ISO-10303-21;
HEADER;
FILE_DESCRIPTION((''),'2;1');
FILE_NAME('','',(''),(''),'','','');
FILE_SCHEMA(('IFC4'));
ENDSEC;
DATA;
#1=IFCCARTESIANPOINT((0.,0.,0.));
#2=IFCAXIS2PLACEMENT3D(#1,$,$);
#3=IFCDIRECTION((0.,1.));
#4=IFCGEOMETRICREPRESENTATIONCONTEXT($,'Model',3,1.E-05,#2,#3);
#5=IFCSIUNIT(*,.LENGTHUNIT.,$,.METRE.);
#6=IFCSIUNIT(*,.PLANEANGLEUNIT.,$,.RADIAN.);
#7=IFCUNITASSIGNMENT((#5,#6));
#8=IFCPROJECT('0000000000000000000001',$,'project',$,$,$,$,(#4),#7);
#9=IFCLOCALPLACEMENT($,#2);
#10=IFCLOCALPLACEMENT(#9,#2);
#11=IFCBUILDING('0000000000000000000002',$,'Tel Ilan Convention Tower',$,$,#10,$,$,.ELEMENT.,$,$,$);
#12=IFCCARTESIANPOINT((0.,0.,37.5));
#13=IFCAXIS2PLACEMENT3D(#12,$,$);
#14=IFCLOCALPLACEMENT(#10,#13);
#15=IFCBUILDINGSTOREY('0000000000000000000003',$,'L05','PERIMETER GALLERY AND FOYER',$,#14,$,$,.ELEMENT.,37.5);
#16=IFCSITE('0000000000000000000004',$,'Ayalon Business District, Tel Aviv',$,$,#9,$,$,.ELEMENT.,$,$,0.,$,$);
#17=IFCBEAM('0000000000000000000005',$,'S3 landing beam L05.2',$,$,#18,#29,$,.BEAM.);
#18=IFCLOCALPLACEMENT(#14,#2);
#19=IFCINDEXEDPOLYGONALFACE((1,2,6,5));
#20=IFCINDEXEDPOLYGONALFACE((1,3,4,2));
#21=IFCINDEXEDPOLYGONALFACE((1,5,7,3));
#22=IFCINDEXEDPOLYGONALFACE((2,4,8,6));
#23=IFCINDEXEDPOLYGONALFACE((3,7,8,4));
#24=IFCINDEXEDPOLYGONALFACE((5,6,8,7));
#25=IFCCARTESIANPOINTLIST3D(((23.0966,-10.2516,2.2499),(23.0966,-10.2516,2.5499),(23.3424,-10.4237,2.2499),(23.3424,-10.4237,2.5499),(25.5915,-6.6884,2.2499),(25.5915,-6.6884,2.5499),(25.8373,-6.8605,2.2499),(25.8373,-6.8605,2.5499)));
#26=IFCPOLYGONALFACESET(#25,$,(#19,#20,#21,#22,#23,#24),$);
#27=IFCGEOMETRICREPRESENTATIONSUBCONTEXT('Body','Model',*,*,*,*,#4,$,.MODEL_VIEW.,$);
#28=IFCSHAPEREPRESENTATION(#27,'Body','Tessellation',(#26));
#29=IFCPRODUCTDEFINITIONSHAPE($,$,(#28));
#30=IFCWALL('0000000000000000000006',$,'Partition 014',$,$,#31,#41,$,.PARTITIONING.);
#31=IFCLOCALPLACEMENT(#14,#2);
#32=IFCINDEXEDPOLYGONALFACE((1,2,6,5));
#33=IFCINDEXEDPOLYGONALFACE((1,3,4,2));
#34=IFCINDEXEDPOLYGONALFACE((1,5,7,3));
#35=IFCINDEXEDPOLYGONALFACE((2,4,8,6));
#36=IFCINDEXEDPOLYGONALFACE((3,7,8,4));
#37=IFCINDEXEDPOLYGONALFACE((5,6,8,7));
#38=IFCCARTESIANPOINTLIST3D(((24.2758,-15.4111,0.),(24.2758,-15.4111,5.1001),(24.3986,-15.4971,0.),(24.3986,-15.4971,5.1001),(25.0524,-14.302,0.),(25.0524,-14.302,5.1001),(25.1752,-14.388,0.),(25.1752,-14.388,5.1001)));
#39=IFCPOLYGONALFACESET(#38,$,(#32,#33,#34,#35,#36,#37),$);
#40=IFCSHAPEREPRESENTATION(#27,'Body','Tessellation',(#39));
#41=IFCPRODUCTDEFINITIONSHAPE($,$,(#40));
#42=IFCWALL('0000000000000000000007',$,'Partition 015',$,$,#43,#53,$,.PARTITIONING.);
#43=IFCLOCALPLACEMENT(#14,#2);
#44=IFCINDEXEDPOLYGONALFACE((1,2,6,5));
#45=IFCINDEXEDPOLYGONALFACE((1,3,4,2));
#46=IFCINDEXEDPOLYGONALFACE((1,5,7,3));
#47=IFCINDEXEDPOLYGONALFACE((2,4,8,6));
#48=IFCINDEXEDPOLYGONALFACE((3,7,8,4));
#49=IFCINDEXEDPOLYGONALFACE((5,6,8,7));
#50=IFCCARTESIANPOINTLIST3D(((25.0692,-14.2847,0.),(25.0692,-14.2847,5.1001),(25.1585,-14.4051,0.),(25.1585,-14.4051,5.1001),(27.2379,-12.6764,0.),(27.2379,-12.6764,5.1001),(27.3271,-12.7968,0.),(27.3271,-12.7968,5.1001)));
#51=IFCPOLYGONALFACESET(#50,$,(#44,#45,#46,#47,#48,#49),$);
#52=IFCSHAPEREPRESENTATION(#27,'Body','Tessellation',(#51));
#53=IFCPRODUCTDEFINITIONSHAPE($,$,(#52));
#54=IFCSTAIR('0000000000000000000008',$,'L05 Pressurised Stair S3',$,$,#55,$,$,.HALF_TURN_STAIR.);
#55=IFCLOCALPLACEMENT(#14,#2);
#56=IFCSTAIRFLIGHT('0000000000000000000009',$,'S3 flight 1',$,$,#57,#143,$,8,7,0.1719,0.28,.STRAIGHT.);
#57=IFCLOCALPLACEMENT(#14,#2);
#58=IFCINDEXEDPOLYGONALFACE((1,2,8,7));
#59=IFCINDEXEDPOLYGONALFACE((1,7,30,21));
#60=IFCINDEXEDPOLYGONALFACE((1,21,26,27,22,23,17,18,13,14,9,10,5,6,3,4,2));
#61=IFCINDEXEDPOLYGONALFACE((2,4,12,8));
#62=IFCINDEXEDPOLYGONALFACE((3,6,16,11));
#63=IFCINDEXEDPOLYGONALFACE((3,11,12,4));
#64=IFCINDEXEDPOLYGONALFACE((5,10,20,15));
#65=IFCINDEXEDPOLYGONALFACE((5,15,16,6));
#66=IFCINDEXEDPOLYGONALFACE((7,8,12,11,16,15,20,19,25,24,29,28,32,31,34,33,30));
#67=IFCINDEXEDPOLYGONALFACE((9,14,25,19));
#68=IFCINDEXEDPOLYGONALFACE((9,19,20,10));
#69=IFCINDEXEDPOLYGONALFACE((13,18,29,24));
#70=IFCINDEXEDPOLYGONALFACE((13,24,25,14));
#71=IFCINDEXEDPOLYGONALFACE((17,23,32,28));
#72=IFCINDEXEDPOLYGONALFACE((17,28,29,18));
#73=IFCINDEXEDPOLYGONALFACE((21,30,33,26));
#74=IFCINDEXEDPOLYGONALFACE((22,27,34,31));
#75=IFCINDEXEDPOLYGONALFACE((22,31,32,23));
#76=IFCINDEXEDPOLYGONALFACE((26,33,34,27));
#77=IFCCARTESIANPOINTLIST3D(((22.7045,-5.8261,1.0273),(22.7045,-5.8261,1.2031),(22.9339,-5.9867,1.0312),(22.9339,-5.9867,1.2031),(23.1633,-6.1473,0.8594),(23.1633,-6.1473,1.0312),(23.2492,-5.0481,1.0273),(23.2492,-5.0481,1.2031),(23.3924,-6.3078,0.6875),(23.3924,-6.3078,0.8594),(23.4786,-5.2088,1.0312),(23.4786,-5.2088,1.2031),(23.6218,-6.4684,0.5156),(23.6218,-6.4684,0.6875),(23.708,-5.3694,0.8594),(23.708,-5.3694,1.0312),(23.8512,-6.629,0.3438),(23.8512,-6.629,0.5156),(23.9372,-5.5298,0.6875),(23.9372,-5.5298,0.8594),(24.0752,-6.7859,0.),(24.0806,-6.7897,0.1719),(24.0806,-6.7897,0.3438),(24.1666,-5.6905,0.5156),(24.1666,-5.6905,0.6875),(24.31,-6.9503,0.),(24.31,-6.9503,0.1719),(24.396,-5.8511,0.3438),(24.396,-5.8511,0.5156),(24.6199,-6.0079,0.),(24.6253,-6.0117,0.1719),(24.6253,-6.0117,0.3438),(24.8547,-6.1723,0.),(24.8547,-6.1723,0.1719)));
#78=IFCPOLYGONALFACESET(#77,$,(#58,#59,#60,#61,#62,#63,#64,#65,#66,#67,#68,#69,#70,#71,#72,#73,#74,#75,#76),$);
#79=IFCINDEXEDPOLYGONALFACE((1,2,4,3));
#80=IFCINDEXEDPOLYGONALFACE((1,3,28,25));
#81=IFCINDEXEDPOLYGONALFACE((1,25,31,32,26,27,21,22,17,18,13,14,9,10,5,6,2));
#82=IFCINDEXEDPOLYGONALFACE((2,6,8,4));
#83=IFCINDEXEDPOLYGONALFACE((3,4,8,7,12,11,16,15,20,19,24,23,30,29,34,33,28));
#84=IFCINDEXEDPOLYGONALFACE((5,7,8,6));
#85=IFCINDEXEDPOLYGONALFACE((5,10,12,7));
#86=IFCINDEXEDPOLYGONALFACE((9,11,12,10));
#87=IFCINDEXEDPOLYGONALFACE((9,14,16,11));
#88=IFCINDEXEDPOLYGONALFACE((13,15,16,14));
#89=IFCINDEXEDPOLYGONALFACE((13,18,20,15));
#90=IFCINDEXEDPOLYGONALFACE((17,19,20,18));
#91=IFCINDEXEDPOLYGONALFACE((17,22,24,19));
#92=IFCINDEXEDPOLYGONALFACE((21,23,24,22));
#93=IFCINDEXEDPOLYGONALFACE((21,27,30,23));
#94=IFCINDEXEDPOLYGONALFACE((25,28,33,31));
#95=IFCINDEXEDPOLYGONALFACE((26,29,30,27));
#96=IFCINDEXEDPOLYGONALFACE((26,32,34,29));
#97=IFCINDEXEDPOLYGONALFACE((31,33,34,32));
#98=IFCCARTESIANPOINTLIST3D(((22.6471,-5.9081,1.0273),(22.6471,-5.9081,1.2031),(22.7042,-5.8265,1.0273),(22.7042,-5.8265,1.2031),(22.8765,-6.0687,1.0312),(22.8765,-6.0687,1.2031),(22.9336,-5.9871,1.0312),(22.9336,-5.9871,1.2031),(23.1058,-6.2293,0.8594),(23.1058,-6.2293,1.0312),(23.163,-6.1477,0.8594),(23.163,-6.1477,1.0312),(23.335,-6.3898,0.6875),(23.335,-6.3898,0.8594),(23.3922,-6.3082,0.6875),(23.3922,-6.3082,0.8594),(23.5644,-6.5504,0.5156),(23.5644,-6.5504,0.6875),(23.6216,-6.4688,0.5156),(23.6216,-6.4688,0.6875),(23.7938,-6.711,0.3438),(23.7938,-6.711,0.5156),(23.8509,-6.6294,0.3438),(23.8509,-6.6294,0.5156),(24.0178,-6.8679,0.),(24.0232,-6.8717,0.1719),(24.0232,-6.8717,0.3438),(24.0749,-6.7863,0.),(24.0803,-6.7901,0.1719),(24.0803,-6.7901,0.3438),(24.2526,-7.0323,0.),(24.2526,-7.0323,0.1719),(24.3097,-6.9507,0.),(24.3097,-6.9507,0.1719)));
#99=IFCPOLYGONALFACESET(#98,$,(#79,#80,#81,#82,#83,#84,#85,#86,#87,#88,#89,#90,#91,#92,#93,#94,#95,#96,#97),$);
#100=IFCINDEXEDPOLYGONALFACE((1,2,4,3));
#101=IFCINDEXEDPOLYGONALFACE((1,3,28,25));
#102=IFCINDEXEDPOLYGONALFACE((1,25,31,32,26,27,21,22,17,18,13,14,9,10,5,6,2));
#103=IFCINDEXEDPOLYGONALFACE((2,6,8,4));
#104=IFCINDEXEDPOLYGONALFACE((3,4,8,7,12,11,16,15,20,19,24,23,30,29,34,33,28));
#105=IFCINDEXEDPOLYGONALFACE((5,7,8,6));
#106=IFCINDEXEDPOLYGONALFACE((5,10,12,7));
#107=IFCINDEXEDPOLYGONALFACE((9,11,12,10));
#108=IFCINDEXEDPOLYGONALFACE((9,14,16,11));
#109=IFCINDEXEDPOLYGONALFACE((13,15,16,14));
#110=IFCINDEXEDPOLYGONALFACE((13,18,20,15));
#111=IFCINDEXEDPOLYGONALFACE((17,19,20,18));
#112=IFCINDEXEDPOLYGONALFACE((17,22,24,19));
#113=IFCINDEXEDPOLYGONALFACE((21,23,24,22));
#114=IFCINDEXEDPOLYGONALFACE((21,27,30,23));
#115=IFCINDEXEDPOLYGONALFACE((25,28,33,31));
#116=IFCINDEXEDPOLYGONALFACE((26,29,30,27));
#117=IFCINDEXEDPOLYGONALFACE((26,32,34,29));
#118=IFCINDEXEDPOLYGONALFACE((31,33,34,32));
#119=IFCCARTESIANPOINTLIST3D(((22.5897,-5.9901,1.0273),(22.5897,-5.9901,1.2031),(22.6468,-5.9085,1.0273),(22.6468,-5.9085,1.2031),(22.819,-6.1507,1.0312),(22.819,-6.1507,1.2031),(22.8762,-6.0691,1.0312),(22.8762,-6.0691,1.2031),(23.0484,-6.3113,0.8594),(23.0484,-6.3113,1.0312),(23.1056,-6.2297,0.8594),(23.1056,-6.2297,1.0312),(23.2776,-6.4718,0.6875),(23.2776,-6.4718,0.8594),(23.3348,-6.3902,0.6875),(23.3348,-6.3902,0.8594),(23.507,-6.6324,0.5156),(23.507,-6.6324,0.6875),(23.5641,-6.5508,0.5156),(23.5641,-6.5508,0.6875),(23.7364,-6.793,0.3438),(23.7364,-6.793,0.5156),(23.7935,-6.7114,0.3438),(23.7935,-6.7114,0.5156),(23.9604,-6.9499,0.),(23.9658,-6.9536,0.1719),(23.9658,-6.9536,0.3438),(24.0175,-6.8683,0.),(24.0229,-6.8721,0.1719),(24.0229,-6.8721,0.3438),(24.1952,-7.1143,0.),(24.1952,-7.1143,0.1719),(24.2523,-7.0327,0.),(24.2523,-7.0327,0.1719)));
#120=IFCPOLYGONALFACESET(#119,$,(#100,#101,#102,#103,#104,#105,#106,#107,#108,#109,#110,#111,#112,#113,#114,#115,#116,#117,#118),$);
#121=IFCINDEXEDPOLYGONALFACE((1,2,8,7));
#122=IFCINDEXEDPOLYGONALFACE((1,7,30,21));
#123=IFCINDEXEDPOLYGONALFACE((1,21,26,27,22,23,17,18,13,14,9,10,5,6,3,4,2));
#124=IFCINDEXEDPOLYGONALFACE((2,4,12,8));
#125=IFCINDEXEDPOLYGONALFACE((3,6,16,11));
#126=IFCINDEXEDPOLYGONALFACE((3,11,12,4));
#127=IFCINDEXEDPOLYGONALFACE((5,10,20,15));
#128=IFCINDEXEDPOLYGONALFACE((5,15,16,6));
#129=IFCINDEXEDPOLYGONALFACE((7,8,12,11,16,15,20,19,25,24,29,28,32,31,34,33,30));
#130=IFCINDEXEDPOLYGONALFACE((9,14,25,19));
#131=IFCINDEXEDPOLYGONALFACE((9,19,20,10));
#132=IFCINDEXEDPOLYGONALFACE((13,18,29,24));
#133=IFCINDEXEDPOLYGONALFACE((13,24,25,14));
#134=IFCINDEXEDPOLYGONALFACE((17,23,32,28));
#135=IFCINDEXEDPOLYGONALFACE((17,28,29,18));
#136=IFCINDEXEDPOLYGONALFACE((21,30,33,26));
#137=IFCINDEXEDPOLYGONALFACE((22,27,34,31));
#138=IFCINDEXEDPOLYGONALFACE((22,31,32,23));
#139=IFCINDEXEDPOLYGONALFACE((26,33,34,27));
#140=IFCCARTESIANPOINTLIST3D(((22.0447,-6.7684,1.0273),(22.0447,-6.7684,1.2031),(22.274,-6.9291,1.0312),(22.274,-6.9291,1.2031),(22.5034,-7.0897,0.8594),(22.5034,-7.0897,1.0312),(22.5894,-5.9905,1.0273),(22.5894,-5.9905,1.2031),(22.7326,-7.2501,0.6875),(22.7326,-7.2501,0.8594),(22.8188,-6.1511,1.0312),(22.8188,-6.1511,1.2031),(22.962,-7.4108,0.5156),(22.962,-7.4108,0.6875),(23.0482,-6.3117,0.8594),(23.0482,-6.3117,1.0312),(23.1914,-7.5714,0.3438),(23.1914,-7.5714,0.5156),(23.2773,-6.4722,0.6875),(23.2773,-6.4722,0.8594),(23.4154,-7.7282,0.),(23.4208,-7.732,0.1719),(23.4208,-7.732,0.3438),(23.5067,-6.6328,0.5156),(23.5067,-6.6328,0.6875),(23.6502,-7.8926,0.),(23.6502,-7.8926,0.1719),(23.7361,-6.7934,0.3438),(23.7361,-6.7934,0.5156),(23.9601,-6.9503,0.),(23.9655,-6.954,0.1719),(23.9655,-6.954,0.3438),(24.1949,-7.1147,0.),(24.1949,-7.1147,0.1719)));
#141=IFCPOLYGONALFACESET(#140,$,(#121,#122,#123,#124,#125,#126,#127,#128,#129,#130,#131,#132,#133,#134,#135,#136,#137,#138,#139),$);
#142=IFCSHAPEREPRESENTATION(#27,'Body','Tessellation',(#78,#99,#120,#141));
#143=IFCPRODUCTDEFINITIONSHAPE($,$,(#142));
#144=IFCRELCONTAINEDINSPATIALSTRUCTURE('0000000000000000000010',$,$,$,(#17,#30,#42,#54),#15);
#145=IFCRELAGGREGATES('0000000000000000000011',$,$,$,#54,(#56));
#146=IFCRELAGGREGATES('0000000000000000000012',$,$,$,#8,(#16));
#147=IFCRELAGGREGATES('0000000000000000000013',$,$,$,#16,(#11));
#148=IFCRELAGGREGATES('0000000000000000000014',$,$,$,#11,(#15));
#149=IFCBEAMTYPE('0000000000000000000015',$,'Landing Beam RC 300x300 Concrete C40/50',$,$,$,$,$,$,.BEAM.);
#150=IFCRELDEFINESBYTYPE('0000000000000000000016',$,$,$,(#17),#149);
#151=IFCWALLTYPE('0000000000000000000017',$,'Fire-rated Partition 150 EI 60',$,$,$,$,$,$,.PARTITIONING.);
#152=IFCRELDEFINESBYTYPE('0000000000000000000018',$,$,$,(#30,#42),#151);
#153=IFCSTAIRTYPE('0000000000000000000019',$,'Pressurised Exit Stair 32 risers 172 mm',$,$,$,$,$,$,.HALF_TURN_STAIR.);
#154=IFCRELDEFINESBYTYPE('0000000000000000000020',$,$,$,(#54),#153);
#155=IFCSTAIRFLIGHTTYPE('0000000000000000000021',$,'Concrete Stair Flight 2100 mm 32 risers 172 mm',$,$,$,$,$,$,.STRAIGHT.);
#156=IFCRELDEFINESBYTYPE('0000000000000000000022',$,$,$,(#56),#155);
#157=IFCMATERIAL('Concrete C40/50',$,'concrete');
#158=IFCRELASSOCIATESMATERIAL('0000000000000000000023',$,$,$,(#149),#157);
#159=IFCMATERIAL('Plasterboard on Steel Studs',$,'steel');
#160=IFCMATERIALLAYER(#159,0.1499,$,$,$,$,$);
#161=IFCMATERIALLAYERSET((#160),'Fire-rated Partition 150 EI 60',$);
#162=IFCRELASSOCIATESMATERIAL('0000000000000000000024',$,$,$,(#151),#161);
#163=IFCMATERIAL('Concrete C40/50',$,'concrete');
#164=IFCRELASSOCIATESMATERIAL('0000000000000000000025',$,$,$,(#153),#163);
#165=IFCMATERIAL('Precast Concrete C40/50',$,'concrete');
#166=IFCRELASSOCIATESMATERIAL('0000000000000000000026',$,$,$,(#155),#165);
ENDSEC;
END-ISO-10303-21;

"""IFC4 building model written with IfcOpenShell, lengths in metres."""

from ifc_helpers import new_model, si_unit, direction, frame, frame_2d, origin, origin_2d, place, context, subcontext, project, spatial, polyline, rectangle, outline, extrude, material, layer, layer_set, material_profile, profile_set, type_object, element, aggregate, save


model = new_model("IFC4")

# Units and contexts
model_context = context("Model", 3, precision=1e-05, world=origin(), true_north=direction((0.0, 1.0)))
body_context = subcontext(model_context, "Body", "Model", "MODEL_VIEW")
ifc_project = project(units=[si_unit("LENGTHUNIT", "METRE"), si_unit("PLANEANGLEUNIT", "RADIAN")], contexts=[model_context])

# Site, building, storey
site_placement = place(None, origin())
site = spatial("IfcSite", under=ifc_project, at=site_placement, Name="Ayalon Business District, Tel Aviv", CompositionType="ELEMENT", RefElevation=0.0)
building_placement = place(site_placement, origin())
building = spatial("IfcBuilding", under=site, at=building_placement, Name="Tel Ilan Convention Tower", CompositionType="ELEMENT")
storey_placement = place(building_placement, frame((0.0, 0.0, 37.5)))
storey = spatial("IfcBuildingStorey", under=building, at=storey_placement, Name="L05", Description="PERIMETER GALLERY AND FOYER", CompositionType="ELEMENT", Elevation=37.5)

# Beam
ifc_material_1 = material(Name="Concrete C40/50", Category="concrete")
ifc_material_profile = material_profile(ifc_material_1, rectangle(XDim=0.3, YDim=0.3, at=origin_2d()), Name="RC 300x300")
ifc_profile_set = profile_set([ifc_material_profile], Name="Concrete C40/50")
beam_type = type_object("IfcBeamType", Name="Landing Beam RC 300x300 Concrete C40/50", PredefinedType="BEAM", material=ifc_profile_set)
beam_placement = place(storey_placement, frame((25.7144, -6.7744, 2.3999), z_axis=(-0.573557, -0.819166, 0.0), x_axis=(0.819166, -0.573557, 0.0)))
element("IfcBeam", 1, at=beam_placement, inside=storey, type_object=beam_type, Name="S3 landing beam L05.2", PredefinedType="BEAM", context=body_context, shape_type="SweptSolid", body=[
    extrude(rectangle(XDim=0.3, YDim=0.3, at=origin_2d()), origin(), (0.0, 0.0, 1.0), 4.3499),
])

# Walls
ifc_material_2 = material(Name="Plasterboard on Steel Studs", Category="steel")
ifc_layer = layer(ifc_material_2, 0.1499)
ifc_layer_set = layer_set([ifc_layer], Name="Fire-rated Partition 150 EI 60")
wall_type = type_object("IfcWallType", Name="Fire-rated Partition 150 EI 60", PredefinedType="PARTITIONING", material=ifc_layer_set)
wall_1_placement = place(storey_placement, frame((24.3372, -15.4541, 0.0), z_axis=(0.0, 0.0, 1.0), x_axis=(0.573571, 0.819156, 0.0)))
element("IfcWall", 2, at=wall_1_placement, inside=storey, type_object=wall_type, Name="Partition 014", PredefinedType="PARTITIONING", context=body_context, shape_type="SweptSolid", body=[
    extrude(rectangle(XDim=1.354, YDim=0.1499, at=frame_2d((0.677, 0.0))), origin(), (0.0, 0.0, 1.0), 5.1001),
])
wall_2_placement = place(storey_placement, frame((25.1138, -14.345, 0.0), z_axis=(0.0, 0.0, 1.0), x_axis=(0.803211, 0.595695, 0.0)))
element("IfcWall", 3, at=wall_2_placement, inside=storey, type_object=wall_type, Name="Partition 015", PredefinedType="PARTITIONING", context=body_context, shape_type="SweptSolid", body=[
    extrude(rectangle(XDim=2.7, YDim=0.1499, at=frame_2d((1.3501, 0.0))), origin(), (0.0, 0.0, 1.0), 5.1001),
])

# Stair, stair flight
ifc_material_3 = material(Name="Concrete C40/50", Category="concrete")
stair_type = type_object("IfcStairType", Name="Pressurised Exit Stair 32 risers 172 mm", PredefinedType="HALF_TURN_STAIR", material=ifc_material_3)
stair_placement = place(storey_placement, origin())
stair = element("IfcStair", 4, at=stair_placement, inside=storey, type_object=stair_type, Name="L05 Pressurised Stair S3", PredefinedType="HALF_TURN_STAIR")
ifc_material_4 = material(Name="Precast Concrete C40/50", Category="concrete")
stair_flight_type = type_object("IfcStairFlightType", Name="Concrete Stair Flight 2100 mm 32 risers 172 mm", PredefinedType="STRAIGHT", material=ifc_material_4)
stair_flight_1_placement = place(storey_placement, frame((24.2524, -7.0325, 0.0), z_axis=(0.0, 0.0, 1.0), x_axis=(-0.819152, 0.573576, 0.0)))
stair_flight_1 = element("IfcStairFlight", 5, at=stair_flight_1_placement, type_object=stair_flight_type, Name="S3 flight 1", NumberOfRisers=8, NumberOfTreads=7, PredefinedType="STRAIGHT", RiserHeight=0.1719, TreadLength=0.28, context=body_context, shape_type="SweptSolid", body=[
    extrude(outline(polyline([(0.0, 0.0), (0.0, 0.1719), (0.28, 0.1719), (0.28, 0.3438), (0.5601, 0.3438), (0.5601, 0.5156), (0.8401, 0.5156), (0.8401, 0.6875), (1.1201, 0.6875), (1.1201, 0.8594), (1.3999, 0.8594), (1.3999, 1.0312), (1.6799, 1.0312), (1.6799, 1.2031), (1.96, 1.2031), (1.96, 1.375), (1.96, 1.0273), (0.2866, 0.0), (0.0, 0.0)])), frame((0.0, -0.1003, 0.0), z_axis=(0.0, -1.0, 0.0), x_axis=(1.0, 0.0, 0.0)), (0.0, 0.0, 1.0), 0.9497),
    extrude(outline(polyline([(0.0, 0.0), (0.0, 0.1719), (0.28, 0.1719), (0.28, 0.3438), (0.5601, 0.3438), (0.5601, 0.5156), (0.8401, 0.5156), (0.8401, 0.6875), (1.1201, 0.6875), (1.1201, 0.8594), (1.3999, 0.8594), (1.3999, 1.0312), (1.6799, 1.0312), (1.6799, 1.2031), (1.96, 1.2031), (1.96, 1.375), (1.96, 1.0273), (0.2866, 0.0), (0.0, 0.0)])), frame((0.0, -0.0002, 0.0), z_axis=(0.0, -1.0, 0.0), x_axis=(1.0, 0.0, 0.0)), (0.0, 0.0, 1.0), 0.0996),
    extrude(outline(polyline([(0.0, 0.0), (0.0, 0.1719), (0.28, 0.1719), (0.28, 0.3438), (0.5601, 0.3438), (0.5601, 0.5156), (0.8401, 0.5156), (0.8401, 0.6875), (1.1201, 0.6875), (1.1201, 0.8594), (1.3999, 0.8594), (1.3999, 1.0312), (1.6799, 1.0312), (1.6799, 1.2031), (1.96, 1.2031), (1.96, 1.375), (1.96, 1.0273), (0.2866, 0.0), (0.0, 0.0)])), frame((0.0, 0.0999, 0.0), z_axis=(0.0, -1.0, 0.0), x_axis=(1.0, 0.0, 0.0)), (0.0, 0.0, 1.0), 0.0996),
    extrude(outline(polyline([(0.0, 0.0), (0.0, 0.1719), (0.28, 0.1719), (0.28, 0.3438), (0.5601, 0.3438), (0.5601, 0.5156), (0.8401, 0.5156), (0.8401, 0.6875), (1.1201, 0.6875), (1.1201, 0.8594), (1.3999, 0.8594), (1.3999, 1.0312), (1.6799, 1.0312), (1.6799, 1.2031), (1.96, 1.2031), (1.96, 1.375), (1.96, 1.0273), (0.2866, 0.0), (0.0, 0.0)])), frame((0.0, 1.05, 0.0), z_axis=(0.0, -1.0, 0.0), x_axis=(1.0, 0.0, 0.0)), (0.0, 0.0, 1.0), 0.9497),
])
aggregate(stair, [stair_flight_1])

save(model, "model.ifc")
